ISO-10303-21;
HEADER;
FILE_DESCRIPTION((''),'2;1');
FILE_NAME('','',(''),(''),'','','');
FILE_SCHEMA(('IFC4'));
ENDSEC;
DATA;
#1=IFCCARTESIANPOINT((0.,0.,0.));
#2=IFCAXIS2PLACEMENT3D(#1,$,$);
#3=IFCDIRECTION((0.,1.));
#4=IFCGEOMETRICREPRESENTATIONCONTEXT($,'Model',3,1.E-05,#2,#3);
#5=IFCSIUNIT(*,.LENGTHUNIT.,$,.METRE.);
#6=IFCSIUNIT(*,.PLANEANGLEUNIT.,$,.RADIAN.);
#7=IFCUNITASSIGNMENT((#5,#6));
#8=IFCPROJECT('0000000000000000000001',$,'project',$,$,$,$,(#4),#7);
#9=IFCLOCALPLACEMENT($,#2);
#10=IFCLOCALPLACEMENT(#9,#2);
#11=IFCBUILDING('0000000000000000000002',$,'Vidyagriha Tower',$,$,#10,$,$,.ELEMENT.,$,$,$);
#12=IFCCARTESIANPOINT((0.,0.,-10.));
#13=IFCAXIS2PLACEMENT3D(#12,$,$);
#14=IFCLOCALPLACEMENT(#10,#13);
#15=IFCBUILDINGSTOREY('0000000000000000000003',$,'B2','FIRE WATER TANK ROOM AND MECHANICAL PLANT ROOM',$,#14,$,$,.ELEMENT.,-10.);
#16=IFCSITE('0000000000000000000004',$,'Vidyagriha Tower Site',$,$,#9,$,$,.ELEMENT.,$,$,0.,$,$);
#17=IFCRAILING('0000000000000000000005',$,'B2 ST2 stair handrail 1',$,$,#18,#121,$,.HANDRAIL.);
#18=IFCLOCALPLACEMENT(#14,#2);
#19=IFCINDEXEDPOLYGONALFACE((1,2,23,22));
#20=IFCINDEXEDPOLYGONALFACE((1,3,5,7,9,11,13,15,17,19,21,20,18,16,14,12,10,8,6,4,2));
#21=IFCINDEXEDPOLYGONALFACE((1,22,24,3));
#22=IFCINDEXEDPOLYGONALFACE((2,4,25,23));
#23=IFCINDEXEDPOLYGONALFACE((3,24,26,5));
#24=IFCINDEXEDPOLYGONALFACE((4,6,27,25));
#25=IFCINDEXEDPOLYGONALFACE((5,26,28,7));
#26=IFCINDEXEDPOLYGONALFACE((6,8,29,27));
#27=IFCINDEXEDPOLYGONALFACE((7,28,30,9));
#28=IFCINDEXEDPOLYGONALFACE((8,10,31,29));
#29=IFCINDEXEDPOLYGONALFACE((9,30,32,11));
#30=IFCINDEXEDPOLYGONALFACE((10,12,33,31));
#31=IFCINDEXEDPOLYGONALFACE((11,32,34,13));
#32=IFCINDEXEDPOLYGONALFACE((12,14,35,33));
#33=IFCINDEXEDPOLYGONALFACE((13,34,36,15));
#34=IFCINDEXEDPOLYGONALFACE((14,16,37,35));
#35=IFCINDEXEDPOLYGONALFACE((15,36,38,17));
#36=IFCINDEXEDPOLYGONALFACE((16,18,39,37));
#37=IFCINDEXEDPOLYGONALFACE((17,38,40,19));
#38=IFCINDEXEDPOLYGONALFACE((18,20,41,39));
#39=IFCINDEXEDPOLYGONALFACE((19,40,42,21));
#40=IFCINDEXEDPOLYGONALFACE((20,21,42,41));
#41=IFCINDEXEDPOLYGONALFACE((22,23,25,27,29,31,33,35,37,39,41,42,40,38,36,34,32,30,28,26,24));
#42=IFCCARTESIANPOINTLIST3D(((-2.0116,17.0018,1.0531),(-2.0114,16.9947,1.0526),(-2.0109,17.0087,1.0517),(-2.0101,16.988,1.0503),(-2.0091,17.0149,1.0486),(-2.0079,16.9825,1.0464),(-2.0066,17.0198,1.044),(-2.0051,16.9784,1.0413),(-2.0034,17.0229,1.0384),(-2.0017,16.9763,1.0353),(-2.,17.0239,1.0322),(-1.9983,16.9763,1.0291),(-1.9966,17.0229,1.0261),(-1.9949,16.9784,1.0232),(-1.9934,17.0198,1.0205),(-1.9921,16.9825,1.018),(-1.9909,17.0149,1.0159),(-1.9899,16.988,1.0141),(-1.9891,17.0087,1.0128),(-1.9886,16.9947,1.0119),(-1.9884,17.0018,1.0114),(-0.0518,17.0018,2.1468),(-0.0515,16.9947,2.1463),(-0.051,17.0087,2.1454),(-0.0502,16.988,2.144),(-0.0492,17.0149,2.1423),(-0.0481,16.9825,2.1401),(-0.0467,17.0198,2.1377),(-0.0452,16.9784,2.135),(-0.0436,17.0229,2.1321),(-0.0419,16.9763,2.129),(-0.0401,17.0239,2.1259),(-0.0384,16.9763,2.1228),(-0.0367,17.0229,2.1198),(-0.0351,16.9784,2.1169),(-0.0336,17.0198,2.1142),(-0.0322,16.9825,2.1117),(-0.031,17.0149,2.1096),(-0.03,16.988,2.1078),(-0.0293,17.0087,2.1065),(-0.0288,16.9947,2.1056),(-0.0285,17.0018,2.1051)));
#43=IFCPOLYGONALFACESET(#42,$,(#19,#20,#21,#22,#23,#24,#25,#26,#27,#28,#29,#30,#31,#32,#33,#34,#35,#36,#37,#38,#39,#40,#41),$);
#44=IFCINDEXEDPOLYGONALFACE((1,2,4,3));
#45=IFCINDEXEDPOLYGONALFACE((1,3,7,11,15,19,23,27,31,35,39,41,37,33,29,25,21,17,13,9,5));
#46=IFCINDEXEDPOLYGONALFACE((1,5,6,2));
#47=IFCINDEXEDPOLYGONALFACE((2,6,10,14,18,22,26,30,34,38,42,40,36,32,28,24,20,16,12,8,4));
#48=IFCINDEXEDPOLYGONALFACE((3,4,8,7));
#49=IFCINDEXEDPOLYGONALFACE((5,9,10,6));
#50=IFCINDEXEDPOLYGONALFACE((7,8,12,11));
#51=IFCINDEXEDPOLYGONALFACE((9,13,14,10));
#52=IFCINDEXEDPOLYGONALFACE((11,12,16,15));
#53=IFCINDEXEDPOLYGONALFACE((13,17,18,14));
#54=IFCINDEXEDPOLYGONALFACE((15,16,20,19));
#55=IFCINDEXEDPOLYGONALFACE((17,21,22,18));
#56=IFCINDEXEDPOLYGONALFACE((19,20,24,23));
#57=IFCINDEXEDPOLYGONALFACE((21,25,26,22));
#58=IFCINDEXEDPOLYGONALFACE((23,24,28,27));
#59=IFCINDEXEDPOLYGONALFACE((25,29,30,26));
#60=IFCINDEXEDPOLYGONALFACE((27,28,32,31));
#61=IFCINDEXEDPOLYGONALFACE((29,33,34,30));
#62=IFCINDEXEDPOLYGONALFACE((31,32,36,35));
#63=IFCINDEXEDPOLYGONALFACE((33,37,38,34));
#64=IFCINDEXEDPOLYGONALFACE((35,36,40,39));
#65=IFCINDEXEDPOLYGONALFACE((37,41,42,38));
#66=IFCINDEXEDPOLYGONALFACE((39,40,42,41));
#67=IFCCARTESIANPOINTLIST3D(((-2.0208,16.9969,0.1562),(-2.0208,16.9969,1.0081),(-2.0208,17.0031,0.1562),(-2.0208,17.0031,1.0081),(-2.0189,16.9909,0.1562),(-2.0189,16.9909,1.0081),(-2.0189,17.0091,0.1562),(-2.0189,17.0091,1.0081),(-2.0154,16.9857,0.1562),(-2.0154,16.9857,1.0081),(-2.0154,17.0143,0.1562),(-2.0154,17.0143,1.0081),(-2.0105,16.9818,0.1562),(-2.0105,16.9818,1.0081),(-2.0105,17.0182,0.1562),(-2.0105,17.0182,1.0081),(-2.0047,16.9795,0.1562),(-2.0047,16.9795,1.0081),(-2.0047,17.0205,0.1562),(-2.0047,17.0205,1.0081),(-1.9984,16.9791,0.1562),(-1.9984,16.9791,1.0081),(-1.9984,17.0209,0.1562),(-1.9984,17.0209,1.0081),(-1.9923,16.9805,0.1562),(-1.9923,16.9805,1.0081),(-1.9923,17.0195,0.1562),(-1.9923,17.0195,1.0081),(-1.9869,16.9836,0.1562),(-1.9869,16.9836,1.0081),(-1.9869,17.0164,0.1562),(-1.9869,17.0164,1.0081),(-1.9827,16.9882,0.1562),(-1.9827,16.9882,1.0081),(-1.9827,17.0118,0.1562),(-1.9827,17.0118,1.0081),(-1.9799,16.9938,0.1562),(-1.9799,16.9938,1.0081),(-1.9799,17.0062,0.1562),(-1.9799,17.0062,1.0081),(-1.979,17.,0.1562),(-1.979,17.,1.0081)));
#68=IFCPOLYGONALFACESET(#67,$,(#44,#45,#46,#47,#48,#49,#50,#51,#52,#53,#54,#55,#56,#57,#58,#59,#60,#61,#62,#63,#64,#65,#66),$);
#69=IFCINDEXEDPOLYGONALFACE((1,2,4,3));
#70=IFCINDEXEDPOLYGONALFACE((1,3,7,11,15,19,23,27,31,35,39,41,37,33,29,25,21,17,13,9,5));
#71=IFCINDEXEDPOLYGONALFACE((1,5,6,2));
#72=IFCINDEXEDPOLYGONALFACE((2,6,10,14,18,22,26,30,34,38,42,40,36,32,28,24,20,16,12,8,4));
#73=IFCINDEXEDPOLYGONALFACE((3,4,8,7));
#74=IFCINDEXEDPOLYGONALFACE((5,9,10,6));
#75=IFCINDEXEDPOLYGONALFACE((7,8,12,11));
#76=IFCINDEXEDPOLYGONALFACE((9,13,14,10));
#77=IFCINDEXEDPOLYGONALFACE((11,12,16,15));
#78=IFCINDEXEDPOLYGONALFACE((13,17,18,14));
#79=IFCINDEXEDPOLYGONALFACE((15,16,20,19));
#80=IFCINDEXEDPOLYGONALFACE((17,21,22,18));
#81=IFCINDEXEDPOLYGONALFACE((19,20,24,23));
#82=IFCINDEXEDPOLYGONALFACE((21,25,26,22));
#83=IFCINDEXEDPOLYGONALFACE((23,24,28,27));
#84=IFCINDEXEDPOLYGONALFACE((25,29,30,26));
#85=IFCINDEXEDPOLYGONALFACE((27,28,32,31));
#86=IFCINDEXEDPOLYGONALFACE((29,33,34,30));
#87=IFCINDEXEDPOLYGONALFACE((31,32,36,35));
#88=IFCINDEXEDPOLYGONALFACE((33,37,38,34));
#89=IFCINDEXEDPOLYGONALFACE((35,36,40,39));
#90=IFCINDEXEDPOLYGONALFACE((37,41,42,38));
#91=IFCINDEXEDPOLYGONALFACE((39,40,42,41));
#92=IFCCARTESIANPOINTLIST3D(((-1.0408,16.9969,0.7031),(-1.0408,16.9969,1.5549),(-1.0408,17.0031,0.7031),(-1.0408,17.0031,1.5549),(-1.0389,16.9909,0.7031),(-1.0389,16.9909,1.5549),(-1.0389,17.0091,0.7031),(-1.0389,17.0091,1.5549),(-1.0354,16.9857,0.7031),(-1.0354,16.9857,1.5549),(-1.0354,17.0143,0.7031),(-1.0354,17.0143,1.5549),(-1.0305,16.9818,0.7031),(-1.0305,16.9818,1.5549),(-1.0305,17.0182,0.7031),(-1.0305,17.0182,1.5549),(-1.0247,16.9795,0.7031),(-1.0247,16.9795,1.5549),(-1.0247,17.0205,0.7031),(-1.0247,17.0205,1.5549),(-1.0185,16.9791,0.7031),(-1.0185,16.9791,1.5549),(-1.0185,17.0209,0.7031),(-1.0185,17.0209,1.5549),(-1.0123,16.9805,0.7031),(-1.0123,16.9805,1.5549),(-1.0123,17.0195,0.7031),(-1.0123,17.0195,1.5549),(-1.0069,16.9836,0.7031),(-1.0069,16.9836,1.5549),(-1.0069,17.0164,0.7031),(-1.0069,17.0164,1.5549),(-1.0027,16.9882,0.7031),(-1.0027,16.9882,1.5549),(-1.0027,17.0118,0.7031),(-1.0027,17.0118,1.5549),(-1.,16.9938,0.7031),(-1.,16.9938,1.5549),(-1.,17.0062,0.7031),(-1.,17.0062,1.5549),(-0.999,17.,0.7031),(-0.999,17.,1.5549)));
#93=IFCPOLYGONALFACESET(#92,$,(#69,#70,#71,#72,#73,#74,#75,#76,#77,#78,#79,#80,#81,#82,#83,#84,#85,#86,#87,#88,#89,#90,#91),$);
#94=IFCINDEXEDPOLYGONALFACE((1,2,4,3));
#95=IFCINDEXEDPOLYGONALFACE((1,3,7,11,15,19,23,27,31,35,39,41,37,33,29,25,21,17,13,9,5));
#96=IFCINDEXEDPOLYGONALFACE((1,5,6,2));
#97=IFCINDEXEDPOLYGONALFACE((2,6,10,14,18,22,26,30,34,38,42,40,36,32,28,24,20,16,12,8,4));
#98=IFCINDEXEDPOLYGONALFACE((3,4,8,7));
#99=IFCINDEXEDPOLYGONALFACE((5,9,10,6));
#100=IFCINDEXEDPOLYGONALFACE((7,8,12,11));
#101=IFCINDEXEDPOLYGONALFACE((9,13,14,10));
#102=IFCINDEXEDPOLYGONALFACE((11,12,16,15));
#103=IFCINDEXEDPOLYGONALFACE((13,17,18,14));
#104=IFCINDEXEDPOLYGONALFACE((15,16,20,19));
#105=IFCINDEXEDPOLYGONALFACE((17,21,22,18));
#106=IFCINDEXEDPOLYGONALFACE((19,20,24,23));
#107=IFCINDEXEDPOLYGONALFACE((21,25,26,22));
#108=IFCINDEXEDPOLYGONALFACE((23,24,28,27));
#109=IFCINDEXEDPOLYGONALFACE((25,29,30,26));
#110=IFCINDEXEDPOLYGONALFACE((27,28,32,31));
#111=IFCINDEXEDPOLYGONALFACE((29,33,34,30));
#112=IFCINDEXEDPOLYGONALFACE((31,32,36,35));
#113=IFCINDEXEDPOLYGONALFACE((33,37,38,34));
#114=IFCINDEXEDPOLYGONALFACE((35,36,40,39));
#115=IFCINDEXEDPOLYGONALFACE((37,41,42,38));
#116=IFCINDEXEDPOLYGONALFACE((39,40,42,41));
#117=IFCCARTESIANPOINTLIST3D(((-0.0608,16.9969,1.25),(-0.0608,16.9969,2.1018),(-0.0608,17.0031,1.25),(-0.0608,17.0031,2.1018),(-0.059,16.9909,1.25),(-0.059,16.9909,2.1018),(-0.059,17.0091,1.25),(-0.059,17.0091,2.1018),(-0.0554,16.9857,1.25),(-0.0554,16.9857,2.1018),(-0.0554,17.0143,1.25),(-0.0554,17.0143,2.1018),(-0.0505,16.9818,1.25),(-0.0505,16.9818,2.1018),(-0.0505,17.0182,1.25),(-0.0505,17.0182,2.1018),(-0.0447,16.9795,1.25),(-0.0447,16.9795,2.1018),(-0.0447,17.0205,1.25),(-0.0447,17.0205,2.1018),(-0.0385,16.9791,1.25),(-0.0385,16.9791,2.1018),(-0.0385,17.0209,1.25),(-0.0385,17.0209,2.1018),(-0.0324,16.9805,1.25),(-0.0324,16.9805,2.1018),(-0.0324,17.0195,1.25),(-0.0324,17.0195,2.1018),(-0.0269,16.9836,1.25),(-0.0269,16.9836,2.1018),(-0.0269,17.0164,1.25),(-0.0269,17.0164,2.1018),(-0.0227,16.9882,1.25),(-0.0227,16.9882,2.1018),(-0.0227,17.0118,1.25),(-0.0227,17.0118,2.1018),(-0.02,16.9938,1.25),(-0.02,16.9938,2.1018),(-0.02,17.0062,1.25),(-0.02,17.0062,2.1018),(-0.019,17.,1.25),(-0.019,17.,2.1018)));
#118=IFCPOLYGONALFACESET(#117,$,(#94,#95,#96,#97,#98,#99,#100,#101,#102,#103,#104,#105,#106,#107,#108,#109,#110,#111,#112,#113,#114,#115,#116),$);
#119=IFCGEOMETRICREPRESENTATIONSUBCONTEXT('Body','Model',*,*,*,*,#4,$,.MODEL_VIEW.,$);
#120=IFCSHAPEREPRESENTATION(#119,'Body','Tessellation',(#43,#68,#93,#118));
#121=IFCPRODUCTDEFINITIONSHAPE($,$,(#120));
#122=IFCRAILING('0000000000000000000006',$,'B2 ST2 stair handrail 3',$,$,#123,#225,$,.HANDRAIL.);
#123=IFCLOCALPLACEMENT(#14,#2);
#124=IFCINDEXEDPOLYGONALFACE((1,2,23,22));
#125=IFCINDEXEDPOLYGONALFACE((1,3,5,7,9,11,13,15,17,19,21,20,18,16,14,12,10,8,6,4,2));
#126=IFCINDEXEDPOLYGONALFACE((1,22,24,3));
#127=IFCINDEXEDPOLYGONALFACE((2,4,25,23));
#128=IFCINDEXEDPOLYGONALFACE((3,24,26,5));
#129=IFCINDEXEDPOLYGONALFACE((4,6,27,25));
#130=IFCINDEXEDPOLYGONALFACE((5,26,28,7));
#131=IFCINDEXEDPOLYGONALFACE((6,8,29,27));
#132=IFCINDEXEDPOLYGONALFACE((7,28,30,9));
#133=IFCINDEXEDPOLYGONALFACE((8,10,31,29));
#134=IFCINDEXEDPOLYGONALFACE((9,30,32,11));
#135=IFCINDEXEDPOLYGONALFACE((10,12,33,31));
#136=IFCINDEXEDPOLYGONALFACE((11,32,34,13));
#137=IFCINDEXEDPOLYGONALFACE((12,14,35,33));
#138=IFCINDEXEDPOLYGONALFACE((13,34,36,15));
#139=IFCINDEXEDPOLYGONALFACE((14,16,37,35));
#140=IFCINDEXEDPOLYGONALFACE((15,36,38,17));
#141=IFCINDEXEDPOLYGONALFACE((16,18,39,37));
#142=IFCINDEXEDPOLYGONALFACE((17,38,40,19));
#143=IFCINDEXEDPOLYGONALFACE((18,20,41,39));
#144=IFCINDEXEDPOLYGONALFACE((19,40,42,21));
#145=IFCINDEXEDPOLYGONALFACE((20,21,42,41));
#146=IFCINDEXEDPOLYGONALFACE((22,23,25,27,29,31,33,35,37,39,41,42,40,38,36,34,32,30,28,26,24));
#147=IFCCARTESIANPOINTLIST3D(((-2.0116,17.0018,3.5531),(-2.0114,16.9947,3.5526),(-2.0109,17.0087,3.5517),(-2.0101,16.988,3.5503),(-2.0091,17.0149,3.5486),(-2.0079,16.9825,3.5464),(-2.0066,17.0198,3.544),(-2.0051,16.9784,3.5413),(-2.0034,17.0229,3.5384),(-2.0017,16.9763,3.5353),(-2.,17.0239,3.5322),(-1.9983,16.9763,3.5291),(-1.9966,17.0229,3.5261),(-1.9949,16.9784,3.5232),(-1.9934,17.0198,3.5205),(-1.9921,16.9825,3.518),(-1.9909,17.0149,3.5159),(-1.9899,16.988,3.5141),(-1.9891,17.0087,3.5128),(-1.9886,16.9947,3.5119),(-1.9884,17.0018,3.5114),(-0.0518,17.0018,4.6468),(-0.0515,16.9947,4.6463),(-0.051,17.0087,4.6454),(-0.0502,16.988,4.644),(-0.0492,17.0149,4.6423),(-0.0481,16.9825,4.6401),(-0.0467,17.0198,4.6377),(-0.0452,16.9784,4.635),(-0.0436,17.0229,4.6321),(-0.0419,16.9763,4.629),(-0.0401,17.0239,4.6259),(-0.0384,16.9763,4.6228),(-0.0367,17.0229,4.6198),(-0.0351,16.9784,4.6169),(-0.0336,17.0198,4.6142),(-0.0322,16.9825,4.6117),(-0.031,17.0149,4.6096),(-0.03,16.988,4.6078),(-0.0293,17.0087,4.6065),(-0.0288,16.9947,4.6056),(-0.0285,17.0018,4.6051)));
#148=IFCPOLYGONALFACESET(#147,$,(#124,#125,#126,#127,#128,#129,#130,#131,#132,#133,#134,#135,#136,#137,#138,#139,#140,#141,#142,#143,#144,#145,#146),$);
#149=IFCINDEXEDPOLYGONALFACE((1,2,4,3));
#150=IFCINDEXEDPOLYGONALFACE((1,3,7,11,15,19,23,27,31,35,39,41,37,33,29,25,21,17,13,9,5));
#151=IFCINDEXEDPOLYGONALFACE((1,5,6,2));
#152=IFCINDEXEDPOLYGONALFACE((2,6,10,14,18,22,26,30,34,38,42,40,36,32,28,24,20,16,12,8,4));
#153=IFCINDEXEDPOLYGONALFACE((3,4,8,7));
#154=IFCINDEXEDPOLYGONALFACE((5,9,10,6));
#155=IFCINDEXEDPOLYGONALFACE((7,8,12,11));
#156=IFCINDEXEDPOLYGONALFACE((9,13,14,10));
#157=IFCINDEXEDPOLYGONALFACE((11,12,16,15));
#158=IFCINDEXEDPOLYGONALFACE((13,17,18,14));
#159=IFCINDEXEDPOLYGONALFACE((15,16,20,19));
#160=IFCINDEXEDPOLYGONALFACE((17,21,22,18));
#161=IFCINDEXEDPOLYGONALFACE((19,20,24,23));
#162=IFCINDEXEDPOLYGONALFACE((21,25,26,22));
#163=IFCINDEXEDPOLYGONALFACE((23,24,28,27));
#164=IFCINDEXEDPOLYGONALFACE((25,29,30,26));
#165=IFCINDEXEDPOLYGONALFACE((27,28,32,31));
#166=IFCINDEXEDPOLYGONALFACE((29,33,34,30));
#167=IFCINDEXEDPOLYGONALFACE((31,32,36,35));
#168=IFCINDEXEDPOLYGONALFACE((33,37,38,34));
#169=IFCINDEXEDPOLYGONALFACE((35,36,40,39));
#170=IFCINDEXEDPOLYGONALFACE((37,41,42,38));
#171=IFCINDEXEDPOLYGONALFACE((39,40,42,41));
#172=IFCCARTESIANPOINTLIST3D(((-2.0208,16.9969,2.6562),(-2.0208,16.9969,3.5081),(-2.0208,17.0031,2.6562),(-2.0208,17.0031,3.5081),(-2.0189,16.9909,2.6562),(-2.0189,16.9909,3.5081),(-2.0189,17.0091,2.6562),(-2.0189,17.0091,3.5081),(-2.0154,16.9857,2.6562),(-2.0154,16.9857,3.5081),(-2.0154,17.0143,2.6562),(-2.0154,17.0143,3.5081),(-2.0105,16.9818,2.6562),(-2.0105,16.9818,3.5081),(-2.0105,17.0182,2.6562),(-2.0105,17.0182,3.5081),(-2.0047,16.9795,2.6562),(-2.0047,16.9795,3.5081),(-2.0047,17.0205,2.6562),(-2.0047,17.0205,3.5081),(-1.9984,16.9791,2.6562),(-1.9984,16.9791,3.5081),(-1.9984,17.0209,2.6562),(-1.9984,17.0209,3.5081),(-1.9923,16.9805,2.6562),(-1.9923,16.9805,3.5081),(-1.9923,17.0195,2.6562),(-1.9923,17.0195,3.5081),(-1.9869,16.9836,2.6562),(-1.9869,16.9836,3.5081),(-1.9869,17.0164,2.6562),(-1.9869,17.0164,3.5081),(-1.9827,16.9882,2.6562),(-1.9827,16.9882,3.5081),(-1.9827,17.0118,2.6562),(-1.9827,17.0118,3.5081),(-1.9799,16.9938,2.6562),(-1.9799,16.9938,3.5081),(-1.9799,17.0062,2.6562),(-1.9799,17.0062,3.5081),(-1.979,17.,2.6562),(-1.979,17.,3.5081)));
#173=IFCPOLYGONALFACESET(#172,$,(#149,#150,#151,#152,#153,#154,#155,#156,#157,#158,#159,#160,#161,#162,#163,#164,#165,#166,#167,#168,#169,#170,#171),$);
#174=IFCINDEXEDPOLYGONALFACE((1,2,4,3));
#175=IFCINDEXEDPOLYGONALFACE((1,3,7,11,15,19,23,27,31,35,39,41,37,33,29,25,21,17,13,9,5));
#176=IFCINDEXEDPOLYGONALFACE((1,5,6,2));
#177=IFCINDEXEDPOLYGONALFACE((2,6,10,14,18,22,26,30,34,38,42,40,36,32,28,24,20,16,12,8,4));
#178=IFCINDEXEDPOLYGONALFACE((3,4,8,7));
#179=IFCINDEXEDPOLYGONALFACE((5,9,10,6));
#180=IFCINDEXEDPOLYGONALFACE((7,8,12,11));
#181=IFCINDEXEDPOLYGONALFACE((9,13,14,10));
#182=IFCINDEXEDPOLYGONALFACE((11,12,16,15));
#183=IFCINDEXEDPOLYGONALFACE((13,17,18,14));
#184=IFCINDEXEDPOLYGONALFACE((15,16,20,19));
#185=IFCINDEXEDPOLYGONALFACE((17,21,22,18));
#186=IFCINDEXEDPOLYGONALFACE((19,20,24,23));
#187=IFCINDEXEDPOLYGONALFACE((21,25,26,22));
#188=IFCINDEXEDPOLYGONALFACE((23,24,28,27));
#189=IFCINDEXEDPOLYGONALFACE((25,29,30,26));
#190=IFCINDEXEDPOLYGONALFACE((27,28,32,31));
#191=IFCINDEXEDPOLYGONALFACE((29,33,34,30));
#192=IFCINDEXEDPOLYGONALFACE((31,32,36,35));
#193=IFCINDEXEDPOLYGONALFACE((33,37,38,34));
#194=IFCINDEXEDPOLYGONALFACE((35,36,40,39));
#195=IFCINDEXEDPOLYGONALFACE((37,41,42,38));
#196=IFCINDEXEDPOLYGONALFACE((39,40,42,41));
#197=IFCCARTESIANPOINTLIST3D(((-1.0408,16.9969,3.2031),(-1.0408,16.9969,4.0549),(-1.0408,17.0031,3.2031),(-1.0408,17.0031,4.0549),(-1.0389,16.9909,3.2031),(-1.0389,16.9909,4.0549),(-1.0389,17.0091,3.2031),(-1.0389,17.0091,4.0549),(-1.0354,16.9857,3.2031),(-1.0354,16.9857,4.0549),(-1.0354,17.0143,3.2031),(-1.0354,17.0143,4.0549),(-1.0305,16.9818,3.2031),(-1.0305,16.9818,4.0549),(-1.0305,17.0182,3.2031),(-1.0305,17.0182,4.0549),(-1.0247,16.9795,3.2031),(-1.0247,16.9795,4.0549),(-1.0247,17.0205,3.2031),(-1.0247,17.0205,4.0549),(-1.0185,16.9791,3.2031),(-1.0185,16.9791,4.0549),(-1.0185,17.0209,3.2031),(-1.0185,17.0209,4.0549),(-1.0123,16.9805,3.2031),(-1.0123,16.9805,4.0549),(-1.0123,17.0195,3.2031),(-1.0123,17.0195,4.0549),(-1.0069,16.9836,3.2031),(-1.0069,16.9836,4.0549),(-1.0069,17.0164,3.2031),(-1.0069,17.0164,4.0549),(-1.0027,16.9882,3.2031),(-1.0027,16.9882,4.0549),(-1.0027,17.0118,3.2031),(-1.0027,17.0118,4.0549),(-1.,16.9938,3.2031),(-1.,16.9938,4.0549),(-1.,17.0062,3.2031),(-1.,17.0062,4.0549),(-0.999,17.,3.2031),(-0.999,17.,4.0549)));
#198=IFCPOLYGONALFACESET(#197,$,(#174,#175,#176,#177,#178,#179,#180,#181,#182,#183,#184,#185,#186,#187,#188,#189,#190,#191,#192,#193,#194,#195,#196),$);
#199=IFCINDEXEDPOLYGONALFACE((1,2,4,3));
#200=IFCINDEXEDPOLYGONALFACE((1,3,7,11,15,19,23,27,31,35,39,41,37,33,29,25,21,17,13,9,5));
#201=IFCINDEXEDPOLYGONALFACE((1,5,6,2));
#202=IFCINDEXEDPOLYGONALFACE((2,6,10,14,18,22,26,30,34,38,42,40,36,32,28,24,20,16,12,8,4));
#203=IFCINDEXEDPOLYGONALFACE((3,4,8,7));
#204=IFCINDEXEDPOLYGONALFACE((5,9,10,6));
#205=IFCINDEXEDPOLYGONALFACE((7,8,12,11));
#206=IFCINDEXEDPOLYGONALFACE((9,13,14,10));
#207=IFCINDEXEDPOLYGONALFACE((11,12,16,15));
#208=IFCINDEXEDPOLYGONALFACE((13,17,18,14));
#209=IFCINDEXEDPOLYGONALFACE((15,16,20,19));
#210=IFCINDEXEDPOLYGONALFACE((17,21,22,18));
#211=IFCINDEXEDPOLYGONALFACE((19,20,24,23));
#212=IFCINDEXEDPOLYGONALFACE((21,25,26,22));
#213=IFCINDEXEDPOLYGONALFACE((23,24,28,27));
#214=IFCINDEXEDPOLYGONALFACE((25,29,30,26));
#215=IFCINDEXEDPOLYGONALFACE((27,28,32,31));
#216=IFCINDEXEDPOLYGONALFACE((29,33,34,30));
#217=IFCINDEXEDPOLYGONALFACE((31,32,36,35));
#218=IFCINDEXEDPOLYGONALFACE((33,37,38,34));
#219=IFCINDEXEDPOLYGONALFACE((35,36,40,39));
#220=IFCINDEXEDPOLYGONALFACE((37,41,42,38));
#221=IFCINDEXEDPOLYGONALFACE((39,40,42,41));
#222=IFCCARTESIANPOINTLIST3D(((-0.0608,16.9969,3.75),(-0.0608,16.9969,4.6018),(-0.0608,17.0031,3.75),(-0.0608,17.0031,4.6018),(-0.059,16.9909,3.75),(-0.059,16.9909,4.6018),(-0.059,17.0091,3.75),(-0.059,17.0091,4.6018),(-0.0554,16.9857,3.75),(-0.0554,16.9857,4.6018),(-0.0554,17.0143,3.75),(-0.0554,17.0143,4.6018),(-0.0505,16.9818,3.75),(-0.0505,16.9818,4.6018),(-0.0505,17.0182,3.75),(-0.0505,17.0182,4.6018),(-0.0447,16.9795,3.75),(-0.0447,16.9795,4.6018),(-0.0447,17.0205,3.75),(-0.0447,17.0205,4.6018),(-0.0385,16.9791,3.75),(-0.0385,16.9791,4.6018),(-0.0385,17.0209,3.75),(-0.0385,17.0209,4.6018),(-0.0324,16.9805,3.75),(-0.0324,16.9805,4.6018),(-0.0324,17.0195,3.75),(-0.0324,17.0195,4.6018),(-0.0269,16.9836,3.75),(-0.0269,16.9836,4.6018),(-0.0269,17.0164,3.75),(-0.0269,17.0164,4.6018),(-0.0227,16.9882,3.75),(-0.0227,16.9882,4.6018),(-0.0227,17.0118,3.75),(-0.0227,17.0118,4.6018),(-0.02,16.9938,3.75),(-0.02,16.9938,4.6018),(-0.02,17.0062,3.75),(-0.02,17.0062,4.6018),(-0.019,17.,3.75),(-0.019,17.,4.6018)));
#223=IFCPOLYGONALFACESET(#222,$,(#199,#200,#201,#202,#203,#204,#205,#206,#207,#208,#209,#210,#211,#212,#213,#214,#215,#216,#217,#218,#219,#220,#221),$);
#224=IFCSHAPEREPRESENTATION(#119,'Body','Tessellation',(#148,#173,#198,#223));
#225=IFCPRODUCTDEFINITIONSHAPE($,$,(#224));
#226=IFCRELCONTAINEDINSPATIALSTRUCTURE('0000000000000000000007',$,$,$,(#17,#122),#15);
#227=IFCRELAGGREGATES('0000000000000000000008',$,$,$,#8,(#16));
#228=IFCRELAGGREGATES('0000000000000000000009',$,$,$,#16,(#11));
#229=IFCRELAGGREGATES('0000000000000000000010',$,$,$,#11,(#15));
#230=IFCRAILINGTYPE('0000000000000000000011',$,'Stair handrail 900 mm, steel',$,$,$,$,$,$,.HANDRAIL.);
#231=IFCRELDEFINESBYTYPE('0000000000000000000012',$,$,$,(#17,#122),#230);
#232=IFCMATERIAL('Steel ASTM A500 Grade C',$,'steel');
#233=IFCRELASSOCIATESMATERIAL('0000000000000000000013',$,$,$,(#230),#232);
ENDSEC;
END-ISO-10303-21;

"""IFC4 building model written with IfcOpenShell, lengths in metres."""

from ifc_helpers import new_model, si_unit, direction, frame, origin, origin_2d, place, context, subcontext, project, spatial, circle, extrude, material, type_object, element, save


model = new_model("IFC4")

# Units and contexts
model_context = context("Model", 3, precision=1e-05, world=origin(), true_north=direction((0.0, 1.0)))
body_context = subcontext(model_context, "Body", "Model", "MODEL_VIEW")
ifc_project = project(units=[si_unit("LENGTHUNIT", "METRE"), si_unit("PLANEANGLEUNIT", "RADIAN")], contexts=[model_context])

# Site, building, storey
site_placement = place(None, origin())
site = spatial("IfcSite", under=ifc_project, at=site_placement, Name="Vidyagriha Tower Site", CompositionType="ELEMENT", RefElevation=0.0)
building_placement = place(site_placement, origin())
building = spatial("IfcBuilding", under=site, at=building_placement, Name="Vidyagriha Tower", CompositionType="ELEMENT")
storey_placement = place(building_placement, frame((0.0, 0.0, -10.0)))
storey = spatial("IfcBuildingStorey", under=building, at=storey_placement, Name="B2", Description="FIRE WATER TANK ROOM AND MECHANICAL PLANT ROOM", CompositionType="ELEMENT", Elevation=-10.0)

# Railings
ifc_material_1 = material(Name="Steel ASTM A500 Grade C", Category="steel")
railing_type = type_object("IfcRailingType", Name="Stair handrail 900 mm, steel", PredefinedType="HANDRAIL", material=ifc_material_1)
for number, where, name in (
    (1, (-2.0, 17.0, 0.1562), "B2 ST2 stair handrail 1"),
    (2, (-2.0, 17.0, 2.6562), "B2 ST2 stair handrail 3"),
):
    element("IfcRailing", number, at=place(storey_placement, frame(where)), inside=storey, type_object=railing_type, Name=name, PredefinedType="HANDRAIL", context=body_context, shape_type="SweptSolid", body=[
        extrude(circle(Radius=0.0239, at=origin_2d()), frame((0.0, 0.0, 0.876), z_axis=(0.873232, 0.0, 0.487304), x_axis=(0.0, 1.0, 0.0)), (0.0, 0.0, 1.0), 2.2444),
        extrude(circle(Radius=0.021, at=origin_2d()), origin(), (0.0, 0.0, 1.0), 0.8518),
        extrude(circle(Radius=0.021, at=origin_2d()), frame((0.98, 0.0, 0.5469)), (0.0, 0.0, 1.0), 0.8518),
        extrude(circle(Radius=0.021, at=origin_2d()), frame((1.96, 0.0, 1.0938)), (0.0, 0.0, 1.0), 0.8518),
    ])

save(model, "model.ifc")
